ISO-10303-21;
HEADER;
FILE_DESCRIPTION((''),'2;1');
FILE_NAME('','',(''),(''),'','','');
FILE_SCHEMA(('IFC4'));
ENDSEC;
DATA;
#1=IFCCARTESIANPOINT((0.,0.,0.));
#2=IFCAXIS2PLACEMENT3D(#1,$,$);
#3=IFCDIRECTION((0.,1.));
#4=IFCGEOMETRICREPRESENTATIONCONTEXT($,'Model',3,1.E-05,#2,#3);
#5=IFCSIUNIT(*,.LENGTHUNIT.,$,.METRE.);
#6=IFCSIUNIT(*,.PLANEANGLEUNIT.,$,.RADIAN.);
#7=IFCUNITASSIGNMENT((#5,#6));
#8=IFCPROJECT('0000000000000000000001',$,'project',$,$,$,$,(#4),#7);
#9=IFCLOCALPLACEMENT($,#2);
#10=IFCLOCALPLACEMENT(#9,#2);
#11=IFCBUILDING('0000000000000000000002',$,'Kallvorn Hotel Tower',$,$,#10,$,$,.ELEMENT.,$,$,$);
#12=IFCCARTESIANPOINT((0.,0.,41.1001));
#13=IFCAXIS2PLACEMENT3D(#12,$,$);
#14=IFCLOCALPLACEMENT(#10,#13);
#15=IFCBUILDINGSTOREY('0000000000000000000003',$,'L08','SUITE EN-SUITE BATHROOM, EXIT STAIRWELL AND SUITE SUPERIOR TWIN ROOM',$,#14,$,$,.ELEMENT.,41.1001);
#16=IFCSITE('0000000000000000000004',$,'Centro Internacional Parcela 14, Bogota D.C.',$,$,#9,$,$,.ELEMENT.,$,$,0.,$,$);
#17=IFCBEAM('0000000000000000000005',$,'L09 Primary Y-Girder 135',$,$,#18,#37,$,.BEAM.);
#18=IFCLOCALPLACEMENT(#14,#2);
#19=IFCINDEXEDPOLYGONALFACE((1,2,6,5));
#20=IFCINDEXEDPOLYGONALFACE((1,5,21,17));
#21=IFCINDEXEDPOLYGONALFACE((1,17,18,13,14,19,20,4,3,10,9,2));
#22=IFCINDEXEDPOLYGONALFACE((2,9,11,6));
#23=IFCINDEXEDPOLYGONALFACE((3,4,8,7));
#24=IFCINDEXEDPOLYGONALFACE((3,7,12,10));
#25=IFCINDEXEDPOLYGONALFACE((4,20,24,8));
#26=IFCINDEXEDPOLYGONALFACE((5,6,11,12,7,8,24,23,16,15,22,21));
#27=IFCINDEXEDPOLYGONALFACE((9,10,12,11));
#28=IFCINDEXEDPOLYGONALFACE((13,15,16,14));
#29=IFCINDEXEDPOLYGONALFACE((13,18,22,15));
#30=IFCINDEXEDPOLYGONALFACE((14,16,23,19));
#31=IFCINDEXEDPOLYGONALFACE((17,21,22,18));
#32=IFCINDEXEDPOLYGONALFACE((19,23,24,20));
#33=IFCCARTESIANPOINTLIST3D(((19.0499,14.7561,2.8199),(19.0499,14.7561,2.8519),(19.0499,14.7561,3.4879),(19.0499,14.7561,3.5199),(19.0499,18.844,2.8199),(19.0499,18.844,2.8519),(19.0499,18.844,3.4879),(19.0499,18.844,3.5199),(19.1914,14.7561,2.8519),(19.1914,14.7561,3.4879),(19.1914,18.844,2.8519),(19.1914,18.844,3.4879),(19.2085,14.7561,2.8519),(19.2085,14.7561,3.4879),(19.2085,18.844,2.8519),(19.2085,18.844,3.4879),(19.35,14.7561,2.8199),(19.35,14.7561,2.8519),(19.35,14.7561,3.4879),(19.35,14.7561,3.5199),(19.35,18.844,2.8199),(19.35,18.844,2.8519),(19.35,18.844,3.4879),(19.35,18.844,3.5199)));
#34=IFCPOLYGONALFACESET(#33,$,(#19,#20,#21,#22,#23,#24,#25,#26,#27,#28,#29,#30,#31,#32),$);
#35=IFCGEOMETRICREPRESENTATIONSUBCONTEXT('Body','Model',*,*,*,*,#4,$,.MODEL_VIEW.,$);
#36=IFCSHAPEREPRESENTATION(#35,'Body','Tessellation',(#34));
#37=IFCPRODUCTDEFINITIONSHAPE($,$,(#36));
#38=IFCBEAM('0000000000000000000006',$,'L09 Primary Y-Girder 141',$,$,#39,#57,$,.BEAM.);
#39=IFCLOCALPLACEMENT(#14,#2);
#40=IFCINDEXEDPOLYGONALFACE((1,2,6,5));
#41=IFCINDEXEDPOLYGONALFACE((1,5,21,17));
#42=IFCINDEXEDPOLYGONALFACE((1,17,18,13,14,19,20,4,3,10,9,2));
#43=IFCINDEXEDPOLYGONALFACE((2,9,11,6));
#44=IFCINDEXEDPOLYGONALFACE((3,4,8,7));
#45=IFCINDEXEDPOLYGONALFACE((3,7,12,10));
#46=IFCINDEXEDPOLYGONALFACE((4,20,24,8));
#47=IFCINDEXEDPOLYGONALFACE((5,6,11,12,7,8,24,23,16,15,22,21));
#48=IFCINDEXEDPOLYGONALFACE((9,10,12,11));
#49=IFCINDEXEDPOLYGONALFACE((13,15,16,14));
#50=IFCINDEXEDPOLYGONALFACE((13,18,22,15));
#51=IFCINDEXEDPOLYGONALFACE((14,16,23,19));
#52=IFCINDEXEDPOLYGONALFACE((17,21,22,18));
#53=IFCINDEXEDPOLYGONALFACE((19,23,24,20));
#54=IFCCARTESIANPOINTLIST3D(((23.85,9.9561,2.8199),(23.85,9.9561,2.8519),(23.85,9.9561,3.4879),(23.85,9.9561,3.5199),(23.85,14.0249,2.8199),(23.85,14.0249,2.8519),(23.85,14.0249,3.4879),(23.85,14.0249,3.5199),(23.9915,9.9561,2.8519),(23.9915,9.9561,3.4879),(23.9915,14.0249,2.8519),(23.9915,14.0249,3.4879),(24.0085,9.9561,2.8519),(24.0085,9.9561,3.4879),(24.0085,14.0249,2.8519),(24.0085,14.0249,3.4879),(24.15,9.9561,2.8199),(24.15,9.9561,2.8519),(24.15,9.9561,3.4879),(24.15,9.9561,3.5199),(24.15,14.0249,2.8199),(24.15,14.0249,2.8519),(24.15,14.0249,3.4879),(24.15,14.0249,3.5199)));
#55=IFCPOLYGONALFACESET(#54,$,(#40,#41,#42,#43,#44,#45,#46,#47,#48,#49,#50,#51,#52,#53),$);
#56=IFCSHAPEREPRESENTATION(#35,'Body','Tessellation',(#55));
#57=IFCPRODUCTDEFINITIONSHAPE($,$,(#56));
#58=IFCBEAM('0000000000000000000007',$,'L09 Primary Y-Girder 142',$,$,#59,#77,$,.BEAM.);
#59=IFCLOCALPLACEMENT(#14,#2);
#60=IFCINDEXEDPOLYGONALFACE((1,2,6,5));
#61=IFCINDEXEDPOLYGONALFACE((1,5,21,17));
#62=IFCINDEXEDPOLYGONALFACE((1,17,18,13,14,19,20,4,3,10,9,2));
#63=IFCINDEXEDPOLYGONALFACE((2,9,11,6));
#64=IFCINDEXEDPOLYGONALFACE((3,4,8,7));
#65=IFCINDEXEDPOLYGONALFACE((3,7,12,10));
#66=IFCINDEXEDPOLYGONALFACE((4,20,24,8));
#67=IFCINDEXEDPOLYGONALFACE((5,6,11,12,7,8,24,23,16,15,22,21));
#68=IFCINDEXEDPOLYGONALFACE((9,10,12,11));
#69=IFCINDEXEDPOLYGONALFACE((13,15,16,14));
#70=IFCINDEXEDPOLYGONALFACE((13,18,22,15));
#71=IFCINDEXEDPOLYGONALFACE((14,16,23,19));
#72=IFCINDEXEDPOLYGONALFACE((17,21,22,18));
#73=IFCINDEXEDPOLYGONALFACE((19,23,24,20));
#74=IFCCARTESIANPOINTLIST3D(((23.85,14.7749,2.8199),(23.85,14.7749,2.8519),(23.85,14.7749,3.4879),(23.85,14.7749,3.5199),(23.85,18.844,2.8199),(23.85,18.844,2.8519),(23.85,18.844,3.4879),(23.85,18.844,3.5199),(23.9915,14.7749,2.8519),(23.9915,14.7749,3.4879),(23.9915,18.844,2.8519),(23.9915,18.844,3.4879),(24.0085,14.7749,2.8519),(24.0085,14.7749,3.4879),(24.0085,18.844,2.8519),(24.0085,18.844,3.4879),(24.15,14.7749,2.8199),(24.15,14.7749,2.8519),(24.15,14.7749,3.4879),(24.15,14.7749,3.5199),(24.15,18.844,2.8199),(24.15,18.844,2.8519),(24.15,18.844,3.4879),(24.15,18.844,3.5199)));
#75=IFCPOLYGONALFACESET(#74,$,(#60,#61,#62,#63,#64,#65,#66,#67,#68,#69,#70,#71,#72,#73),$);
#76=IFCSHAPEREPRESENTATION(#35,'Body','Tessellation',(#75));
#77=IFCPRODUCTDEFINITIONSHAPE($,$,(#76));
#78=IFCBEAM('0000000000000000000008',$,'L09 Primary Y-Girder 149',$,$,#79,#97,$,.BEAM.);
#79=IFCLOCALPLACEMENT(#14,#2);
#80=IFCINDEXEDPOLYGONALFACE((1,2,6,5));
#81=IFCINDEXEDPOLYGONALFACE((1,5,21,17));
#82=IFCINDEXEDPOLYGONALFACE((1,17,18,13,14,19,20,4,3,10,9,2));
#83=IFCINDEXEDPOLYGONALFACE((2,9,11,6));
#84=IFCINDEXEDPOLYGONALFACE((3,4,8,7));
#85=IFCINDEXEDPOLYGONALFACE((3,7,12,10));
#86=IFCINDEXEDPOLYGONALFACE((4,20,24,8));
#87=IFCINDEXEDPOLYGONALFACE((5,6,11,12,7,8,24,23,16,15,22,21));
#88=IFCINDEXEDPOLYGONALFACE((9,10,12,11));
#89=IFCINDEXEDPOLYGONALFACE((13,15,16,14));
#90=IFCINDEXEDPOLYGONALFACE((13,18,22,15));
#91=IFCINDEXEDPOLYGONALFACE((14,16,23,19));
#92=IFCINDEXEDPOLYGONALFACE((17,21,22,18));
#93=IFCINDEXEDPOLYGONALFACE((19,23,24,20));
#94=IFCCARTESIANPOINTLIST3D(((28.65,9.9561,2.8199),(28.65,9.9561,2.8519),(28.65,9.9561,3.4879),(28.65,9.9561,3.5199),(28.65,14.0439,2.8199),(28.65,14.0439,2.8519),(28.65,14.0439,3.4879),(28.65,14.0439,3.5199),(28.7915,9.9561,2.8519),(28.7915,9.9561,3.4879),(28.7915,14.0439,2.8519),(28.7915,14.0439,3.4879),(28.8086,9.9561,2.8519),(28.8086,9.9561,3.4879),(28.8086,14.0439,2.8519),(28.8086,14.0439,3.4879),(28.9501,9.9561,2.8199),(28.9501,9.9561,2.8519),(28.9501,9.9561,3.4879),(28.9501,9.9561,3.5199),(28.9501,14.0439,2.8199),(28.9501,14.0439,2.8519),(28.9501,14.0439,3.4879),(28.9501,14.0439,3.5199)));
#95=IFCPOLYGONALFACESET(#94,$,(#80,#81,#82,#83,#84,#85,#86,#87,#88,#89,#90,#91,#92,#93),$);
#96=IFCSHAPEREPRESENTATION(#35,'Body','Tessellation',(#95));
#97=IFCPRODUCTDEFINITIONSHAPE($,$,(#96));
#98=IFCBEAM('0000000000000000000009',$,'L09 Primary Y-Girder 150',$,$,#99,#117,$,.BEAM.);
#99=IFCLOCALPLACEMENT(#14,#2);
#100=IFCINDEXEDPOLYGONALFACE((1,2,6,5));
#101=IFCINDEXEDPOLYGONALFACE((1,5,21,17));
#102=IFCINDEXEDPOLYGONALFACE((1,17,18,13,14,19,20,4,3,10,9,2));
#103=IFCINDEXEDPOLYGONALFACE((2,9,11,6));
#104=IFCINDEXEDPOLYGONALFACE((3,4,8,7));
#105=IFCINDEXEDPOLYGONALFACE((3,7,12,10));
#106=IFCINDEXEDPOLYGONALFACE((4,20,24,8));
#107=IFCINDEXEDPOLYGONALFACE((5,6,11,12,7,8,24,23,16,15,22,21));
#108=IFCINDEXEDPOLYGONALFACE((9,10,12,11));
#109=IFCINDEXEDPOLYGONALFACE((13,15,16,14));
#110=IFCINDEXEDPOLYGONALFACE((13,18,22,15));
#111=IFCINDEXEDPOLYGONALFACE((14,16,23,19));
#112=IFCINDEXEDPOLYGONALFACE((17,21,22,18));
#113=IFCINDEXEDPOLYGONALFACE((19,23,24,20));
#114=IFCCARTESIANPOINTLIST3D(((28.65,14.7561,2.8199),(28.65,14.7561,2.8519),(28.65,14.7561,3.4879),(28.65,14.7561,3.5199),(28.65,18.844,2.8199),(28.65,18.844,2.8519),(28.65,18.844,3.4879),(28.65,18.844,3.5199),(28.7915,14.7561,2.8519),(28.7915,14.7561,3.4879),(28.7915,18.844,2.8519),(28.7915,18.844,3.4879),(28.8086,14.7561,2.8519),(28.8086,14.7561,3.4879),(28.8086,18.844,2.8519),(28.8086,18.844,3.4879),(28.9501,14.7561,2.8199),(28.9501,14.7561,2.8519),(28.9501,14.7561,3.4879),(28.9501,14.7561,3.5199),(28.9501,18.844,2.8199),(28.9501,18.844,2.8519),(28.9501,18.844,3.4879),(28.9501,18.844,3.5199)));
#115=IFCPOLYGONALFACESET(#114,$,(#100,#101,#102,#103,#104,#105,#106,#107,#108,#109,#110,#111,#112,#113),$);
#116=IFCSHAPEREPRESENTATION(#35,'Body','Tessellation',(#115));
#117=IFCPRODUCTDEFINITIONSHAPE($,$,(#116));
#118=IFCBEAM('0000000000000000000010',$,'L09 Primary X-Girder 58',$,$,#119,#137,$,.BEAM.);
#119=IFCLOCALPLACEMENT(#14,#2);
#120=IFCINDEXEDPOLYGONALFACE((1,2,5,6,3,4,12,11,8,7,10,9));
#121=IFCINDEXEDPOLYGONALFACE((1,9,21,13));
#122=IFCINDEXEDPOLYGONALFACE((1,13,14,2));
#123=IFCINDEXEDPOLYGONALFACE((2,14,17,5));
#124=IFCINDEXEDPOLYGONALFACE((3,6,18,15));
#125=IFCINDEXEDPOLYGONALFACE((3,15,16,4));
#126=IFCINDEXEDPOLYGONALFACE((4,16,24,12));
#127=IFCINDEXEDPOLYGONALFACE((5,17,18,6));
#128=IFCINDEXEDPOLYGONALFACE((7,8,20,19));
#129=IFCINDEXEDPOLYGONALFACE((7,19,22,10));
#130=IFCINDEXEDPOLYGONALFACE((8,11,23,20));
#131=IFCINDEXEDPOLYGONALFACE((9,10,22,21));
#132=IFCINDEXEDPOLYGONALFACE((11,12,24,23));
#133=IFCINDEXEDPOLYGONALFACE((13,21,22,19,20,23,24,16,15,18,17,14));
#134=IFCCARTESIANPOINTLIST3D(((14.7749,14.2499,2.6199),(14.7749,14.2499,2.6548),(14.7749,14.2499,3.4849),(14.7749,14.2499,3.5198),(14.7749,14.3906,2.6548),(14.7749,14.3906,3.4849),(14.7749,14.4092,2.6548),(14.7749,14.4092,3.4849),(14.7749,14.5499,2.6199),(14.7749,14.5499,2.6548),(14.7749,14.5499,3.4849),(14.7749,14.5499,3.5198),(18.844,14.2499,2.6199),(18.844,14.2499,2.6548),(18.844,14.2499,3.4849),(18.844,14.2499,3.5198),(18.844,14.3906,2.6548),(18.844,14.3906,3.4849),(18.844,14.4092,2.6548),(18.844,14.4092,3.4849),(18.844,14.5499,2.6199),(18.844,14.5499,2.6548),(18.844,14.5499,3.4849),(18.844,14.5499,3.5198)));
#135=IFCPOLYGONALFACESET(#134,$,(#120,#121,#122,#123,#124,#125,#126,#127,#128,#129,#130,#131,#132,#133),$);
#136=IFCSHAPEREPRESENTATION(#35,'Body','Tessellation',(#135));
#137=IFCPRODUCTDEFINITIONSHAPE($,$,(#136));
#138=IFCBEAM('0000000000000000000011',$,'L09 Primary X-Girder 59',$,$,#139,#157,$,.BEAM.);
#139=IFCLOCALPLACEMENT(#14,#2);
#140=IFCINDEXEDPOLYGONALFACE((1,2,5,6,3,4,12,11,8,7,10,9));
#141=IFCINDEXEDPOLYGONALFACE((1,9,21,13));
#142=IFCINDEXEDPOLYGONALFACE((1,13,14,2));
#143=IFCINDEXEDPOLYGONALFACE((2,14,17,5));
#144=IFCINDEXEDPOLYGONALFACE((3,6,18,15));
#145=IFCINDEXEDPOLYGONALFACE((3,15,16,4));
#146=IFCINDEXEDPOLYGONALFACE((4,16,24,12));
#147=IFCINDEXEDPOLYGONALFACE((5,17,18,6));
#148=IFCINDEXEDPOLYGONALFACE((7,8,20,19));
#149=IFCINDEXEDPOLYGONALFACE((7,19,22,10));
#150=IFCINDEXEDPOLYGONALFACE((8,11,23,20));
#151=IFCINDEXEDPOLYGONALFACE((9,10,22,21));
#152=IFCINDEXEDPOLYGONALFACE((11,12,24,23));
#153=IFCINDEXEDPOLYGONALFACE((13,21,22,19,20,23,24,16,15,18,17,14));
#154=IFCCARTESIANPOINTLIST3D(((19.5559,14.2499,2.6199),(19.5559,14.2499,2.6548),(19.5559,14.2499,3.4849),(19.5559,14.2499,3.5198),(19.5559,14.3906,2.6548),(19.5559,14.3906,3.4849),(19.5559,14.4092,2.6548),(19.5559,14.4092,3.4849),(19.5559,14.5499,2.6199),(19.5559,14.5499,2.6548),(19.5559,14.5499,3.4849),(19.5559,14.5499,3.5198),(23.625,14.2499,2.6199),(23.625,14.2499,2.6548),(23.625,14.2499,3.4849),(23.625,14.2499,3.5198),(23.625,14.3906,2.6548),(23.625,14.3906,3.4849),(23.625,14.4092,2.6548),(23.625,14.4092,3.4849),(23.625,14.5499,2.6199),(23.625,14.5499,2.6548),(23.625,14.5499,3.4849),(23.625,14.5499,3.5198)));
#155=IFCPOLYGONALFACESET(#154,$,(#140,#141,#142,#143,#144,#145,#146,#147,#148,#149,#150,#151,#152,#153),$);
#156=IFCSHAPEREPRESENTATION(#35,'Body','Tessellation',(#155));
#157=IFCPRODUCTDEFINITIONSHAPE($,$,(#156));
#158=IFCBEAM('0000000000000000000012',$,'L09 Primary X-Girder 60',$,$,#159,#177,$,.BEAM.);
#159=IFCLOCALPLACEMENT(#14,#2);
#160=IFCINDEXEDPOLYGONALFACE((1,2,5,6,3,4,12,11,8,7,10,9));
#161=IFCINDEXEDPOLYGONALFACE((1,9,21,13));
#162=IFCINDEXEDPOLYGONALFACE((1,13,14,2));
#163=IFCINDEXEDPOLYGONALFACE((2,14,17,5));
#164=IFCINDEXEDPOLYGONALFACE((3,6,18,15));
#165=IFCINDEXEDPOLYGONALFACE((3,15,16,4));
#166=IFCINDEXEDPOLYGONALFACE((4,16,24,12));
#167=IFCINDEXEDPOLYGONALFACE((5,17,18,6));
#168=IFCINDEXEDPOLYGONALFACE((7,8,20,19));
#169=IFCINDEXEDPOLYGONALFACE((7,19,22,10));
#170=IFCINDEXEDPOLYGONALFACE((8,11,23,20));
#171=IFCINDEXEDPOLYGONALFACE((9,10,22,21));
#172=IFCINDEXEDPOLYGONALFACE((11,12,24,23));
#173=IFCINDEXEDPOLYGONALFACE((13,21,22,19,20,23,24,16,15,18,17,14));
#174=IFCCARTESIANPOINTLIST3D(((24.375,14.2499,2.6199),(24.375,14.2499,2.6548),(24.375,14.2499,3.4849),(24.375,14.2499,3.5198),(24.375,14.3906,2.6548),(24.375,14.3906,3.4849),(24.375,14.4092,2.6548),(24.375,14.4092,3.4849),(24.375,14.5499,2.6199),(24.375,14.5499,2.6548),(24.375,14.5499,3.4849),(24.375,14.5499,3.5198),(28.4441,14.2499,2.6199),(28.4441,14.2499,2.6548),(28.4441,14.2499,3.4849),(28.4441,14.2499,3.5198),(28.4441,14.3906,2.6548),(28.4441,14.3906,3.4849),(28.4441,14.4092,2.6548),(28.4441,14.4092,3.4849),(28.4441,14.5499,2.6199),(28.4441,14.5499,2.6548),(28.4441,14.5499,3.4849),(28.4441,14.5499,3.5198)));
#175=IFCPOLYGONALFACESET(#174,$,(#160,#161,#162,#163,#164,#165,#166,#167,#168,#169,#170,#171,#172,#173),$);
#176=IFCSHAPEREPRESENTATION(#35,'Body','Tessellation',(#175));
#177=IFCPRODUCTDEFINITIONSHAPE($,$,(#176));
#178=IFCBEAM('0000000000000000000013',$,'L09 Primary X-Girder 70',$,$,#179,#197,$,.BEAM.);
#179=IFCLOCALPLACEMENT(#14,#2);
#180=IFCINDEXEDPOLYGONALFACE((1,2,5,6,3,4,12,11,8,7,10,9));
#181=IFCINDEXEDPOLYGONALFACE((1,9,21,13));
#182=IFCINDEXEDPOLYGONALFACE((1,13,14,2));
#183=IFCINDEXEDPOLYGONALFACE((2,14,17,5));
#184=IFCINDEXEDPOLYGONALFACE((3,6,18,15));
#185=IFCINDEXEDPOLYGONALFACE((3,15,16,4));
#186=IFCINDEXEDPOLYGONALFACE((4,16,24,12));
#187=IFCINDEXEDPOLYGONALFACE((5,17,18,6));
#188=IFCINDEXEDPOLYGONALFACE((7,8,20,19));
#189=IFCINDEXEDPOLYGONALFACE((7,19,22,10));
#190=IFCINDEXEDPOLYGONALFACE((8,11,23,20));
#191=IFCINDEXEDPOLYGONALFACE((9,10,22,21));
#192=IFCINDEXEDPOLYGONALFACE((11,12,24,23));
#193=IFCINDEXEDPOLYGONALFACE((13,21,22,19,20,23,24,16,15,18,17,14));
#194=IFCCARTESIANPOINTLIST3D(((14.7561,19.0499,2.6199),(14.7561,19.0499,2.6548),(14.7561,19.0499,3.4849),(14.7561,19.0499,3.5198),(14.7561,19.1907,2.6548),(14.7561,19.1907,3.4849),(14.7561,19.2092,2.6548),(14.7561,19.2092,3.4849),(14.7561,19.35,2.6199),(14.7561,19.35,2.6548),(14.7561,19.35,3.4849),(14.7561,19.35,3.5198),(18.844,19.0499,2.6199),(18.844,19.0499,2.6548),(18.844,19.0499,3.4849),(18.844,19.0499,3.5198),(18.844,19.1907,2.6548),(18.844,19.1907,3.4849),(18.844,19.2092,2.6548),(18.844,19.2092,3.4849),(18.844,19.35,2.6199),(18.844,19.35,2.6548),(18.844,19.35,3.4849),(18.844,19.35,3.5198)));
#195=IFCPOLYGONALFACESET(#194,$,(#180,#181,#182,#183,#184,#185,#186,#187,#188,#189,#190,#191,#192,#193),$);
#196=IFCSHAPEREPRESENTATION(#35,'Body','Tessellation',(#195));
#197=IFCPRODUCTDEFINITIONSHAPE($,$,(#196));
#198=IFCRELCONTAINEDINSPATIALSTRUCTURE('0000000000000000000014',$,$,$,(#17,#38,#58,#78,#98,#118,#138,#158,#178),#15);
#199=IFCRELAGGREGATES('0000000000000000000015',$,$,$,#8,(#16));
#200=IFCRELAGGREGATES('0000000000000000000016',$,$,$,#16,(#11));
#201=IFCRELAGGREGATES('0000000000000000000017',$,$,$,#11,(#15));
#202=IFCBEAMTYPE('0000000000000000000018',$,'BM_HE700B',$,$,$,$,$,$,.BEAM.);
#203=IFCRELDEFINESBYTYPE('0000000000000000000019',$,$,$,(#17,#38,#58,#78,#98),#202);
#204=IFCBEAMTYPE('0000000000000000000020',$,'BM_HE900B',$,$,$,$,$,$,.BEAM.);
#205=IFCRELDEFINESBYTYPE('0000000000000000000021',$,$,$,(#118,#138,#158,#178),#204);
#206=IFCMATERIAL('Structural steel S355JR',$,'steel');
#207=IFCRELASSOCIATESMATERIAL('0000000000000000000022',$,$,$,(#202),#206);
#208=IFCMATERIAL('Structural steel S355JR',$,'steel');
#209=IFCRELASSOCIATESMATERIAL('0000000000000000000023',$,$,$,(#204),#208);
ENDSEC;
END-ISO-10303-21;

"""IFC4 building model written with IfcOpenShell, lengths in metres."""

from ifc_helpers import new_model, si_unit, direction, frame, origin, origin_2d, place, context, subcontext, project, spatial, i_section, extrude, material, material_profile, profile_set, type_object, element, save


model = new_model("IFC4")

# Units and contexts
model_context = context("Model", 3, precision=1e-05, world=origin(), true_north=direction((0.0, 1.0)))
body_context = subcontext(model_context, "Body", "Model", "MODEL_VIEW")
ifc_project = project(units=[si_unit("LENGTHUNIT", "METRE"), si_unit("PLANEANGLEUNIT", "RADIAN")], contexts=[model_context])

# Site, building, storey
site_placement = place(None, origin())
site = spatial("IfcSite", under=ifc_project, at=site_placement, Name="Centro Internacional Parcela 14, Bogota D.C.", CompositionType="ELEMENT", RefElevation=0.0)
building_placement = place(site_placement, origin())
building = spatial("IfcBuilding", under=site, at=building_placement, Name="Kallvorn Hotel Tower", CompositionType="ELEMENT")
storey_placement = place(building_placement, frame((0.0, 0.0, 41.1001)))
storey = spatial("IfcBuildingStorey", under=building, at=storey_placement, Name="L08", Description="SUITE EN-SUITE BATHROOM, EXIT STAIRWELL AND SUITE SUPERIOR TWIN ROOM", CompositionType="ELEMENT", Elevation=41.1001)

# Beams
ifc_material_1 = material(Name="Structural steel S355JR", Category="steel")
ifc_material_profile_1 = material_profile(ifc_material_1, i_section(OverallWidth=0.3, OverallDepth=0.7, WebThickness=0.0171, FlangeThickness=0.032, at=origin_2d()), Name="HE 700 B")
ifc_profile_set_1 = profile_set([ifc_material_profile_1], Name="Structural steel S355JR")
beam_type_1 = type_object("IfcBeamType", Name="BM_HE700B", PredefinedType="BEAM", material=ifc_profile_set_1)
for number, where, z_axis, x_axis, name in (
    (1, (19.2, 14.7561, 3.1699), (0.0, 1.0, 0.0), (-1.0, 0.0, 0.0), "L09 Primary Y-Girder 135"),
):
    element("IfcBeam", number, at=place(storey_placement, frame(where, z_axis=z_axis, x_axis=x_axis)), inside=storey, type_object=beam_type_1, Name=name, PredefinedType="BEAM", context=body_context, shape_type="SweptSolid", body=[
        extrude(i_section(OverallWidth=0.3, OverallDepth=0.7, WebThickness=0.0171, FlangeThickness=0.032, at=origin_2d()), origin(), (0.0, 0.0, 1.0), 4.0879),
    ])
beam_1_placement = place(storey_placement, frame((24.0, 9.9561, 3.1699), z_axis=(0.0, 1.0, 0.0), x_axis=(-1.0, 0.0, 0.0)))
element("IfcBeam", 2, at=beam_1_placement, inside=storey, type_object=beam_type_1, Name="L09 Primary Y-Girder 141", PredefinedType="BEAM", context=body_context, shape_type="SweptSolid", body=[
    extrude(i_section(OverallWidth=0.3, OverallDepth=0.7, WebThickness=0.0171, FlangeThickness=0.032, at=origin_2d()), origin(), (0.0, 0.0, 1.0), 4.0688),
])
beam_2_placement = place(storey_placement, frame((24.0, 14.7749, 3.1699), z_axis=(0.0, 1.0, 0.0), x_axis=(-1.0, 0.0, 0.0)))
element("IfcBeam", 3, at=beam_2_placement, inside=storey, type_object=beam_type_1, Name="L09 Primary Y-Girder 142", PredefinedType="BEAM", context=body_context, shape_type="SweptSolid", body=[
    extrude(i_section(OverallWidth=0.3, OverallDepth=0.7, WebThickness=0.0171, FlangeThickness=0.032, at=origin_2d()), origin(), (0.0, 0.0, 1.0), 4.0691),
])
for number, where, z_axis, x_axis, name in (
    (4, (28.8, 9.9561, 3.1699), (0.0, 1.0, 0.0), (-1.0, 0.0, 0.0), "L09 Primary Y-Girder 149"),
    (5, (28.8, 14.7561, 3.1699), (0.0, 1.0, 0.0), (-1.0, 0.0, 0.0), "L09 Primary Y-Girder 150"),
):
    element("IfcBeam", number, at=place(storey_placement, frame(where, z_axis=z_axis, x_axis=x_axis)), inside=storey, type_object=beam_type_1, Name=name, PredefinedType="BEAM", context=body_context, shape_type="SweptSolid", body=[
        extrude(i_section(OverallWidth=0.3, OverallDepth=0.7, WebThickness=0.0171, FlangeThickness=0.032, at=origin_2d()), origin(), (0.0, 0.0, 1.0), 4.0879),
    ])
ifc_material_2 = material(Name="Structural steel S355JR", Category="steel")
ifc_material_profile_2 = material_profile(ifc_material_2, i_section(OverallWidth=0.3, OverallDepth=0.8999, WebThickness=0.0186, FlangeThickness=0.0349, at=origin_2d()), Name="HE 900 B")
ifc_profile_set_2 = profile_set([ifc_material_profile_2], Name="Structural steel S355JR")
beam_type_2 = type_object("IfcBeamType", Name="BM_HE900B", PredefinedType="BEAM", material=ifc_profile_set_2)
for number, where, z_axis, x_axis, name in (
    (6, (14.7749, 14.3999, 3.0698), (1.0, 0.0, 0.0), (0.0, 1.0, 0.0), "L09 Primary X-Girder 58"),
    (7, (19.5559, 14.3999, 3.0698), (1.0, 0.0, 0.0), (0.0, 1.0, 0.0), "L09 Primary X-Girder 59"),
    (8, (24.375, 14.3999, 3.0698), (1.0, 0.0, 0.0), (0.0, 1.0, 0.0), "L09 Primary X-Girder 60"),
):
    element("IfcBeam", number, at=place(storey_placement, frame(where, z_axis=z_axis, x_axis=x_axis)), inside=storey, type_object=beam_type_2, Name=name, PredefinedType="BEAM", context=body_context, shape_type="SweptSolid", body=[
        extrude(i_section(OverallWidth=0.3, OverallDepth=0.8999, WebThickness=0.0186, FlangeThickness=0.0349, at=origin_2d()), origin(), (0.0, 0.0, 1.0), 4.0691),
    ])
beam_3_placement = place(storey_placement, frame((14.7561, 19.2, 3.0698), z_axis=(1.0, 0.0, 0.0), x_axis=(0.0, 1.0, 0.0)))
element("IfcBeam", 9, at=beam_3_placement, inside=storey, type_object=beam_type_2, Name="L09 Primary X-Girder 70", PredefinedType="BEAM", context=body_context, shape_type="SweptSolid", body=[
    extrude(i_section(OverallWidth=0.3, OverallDepth=0.8999, WebThickness=0.0186, FlangeThickness=0.0349, at=origin_2d()), origin(), (0.0, 0.0, 1.0), 4.0879),
])

save(model, "model.ifc")
